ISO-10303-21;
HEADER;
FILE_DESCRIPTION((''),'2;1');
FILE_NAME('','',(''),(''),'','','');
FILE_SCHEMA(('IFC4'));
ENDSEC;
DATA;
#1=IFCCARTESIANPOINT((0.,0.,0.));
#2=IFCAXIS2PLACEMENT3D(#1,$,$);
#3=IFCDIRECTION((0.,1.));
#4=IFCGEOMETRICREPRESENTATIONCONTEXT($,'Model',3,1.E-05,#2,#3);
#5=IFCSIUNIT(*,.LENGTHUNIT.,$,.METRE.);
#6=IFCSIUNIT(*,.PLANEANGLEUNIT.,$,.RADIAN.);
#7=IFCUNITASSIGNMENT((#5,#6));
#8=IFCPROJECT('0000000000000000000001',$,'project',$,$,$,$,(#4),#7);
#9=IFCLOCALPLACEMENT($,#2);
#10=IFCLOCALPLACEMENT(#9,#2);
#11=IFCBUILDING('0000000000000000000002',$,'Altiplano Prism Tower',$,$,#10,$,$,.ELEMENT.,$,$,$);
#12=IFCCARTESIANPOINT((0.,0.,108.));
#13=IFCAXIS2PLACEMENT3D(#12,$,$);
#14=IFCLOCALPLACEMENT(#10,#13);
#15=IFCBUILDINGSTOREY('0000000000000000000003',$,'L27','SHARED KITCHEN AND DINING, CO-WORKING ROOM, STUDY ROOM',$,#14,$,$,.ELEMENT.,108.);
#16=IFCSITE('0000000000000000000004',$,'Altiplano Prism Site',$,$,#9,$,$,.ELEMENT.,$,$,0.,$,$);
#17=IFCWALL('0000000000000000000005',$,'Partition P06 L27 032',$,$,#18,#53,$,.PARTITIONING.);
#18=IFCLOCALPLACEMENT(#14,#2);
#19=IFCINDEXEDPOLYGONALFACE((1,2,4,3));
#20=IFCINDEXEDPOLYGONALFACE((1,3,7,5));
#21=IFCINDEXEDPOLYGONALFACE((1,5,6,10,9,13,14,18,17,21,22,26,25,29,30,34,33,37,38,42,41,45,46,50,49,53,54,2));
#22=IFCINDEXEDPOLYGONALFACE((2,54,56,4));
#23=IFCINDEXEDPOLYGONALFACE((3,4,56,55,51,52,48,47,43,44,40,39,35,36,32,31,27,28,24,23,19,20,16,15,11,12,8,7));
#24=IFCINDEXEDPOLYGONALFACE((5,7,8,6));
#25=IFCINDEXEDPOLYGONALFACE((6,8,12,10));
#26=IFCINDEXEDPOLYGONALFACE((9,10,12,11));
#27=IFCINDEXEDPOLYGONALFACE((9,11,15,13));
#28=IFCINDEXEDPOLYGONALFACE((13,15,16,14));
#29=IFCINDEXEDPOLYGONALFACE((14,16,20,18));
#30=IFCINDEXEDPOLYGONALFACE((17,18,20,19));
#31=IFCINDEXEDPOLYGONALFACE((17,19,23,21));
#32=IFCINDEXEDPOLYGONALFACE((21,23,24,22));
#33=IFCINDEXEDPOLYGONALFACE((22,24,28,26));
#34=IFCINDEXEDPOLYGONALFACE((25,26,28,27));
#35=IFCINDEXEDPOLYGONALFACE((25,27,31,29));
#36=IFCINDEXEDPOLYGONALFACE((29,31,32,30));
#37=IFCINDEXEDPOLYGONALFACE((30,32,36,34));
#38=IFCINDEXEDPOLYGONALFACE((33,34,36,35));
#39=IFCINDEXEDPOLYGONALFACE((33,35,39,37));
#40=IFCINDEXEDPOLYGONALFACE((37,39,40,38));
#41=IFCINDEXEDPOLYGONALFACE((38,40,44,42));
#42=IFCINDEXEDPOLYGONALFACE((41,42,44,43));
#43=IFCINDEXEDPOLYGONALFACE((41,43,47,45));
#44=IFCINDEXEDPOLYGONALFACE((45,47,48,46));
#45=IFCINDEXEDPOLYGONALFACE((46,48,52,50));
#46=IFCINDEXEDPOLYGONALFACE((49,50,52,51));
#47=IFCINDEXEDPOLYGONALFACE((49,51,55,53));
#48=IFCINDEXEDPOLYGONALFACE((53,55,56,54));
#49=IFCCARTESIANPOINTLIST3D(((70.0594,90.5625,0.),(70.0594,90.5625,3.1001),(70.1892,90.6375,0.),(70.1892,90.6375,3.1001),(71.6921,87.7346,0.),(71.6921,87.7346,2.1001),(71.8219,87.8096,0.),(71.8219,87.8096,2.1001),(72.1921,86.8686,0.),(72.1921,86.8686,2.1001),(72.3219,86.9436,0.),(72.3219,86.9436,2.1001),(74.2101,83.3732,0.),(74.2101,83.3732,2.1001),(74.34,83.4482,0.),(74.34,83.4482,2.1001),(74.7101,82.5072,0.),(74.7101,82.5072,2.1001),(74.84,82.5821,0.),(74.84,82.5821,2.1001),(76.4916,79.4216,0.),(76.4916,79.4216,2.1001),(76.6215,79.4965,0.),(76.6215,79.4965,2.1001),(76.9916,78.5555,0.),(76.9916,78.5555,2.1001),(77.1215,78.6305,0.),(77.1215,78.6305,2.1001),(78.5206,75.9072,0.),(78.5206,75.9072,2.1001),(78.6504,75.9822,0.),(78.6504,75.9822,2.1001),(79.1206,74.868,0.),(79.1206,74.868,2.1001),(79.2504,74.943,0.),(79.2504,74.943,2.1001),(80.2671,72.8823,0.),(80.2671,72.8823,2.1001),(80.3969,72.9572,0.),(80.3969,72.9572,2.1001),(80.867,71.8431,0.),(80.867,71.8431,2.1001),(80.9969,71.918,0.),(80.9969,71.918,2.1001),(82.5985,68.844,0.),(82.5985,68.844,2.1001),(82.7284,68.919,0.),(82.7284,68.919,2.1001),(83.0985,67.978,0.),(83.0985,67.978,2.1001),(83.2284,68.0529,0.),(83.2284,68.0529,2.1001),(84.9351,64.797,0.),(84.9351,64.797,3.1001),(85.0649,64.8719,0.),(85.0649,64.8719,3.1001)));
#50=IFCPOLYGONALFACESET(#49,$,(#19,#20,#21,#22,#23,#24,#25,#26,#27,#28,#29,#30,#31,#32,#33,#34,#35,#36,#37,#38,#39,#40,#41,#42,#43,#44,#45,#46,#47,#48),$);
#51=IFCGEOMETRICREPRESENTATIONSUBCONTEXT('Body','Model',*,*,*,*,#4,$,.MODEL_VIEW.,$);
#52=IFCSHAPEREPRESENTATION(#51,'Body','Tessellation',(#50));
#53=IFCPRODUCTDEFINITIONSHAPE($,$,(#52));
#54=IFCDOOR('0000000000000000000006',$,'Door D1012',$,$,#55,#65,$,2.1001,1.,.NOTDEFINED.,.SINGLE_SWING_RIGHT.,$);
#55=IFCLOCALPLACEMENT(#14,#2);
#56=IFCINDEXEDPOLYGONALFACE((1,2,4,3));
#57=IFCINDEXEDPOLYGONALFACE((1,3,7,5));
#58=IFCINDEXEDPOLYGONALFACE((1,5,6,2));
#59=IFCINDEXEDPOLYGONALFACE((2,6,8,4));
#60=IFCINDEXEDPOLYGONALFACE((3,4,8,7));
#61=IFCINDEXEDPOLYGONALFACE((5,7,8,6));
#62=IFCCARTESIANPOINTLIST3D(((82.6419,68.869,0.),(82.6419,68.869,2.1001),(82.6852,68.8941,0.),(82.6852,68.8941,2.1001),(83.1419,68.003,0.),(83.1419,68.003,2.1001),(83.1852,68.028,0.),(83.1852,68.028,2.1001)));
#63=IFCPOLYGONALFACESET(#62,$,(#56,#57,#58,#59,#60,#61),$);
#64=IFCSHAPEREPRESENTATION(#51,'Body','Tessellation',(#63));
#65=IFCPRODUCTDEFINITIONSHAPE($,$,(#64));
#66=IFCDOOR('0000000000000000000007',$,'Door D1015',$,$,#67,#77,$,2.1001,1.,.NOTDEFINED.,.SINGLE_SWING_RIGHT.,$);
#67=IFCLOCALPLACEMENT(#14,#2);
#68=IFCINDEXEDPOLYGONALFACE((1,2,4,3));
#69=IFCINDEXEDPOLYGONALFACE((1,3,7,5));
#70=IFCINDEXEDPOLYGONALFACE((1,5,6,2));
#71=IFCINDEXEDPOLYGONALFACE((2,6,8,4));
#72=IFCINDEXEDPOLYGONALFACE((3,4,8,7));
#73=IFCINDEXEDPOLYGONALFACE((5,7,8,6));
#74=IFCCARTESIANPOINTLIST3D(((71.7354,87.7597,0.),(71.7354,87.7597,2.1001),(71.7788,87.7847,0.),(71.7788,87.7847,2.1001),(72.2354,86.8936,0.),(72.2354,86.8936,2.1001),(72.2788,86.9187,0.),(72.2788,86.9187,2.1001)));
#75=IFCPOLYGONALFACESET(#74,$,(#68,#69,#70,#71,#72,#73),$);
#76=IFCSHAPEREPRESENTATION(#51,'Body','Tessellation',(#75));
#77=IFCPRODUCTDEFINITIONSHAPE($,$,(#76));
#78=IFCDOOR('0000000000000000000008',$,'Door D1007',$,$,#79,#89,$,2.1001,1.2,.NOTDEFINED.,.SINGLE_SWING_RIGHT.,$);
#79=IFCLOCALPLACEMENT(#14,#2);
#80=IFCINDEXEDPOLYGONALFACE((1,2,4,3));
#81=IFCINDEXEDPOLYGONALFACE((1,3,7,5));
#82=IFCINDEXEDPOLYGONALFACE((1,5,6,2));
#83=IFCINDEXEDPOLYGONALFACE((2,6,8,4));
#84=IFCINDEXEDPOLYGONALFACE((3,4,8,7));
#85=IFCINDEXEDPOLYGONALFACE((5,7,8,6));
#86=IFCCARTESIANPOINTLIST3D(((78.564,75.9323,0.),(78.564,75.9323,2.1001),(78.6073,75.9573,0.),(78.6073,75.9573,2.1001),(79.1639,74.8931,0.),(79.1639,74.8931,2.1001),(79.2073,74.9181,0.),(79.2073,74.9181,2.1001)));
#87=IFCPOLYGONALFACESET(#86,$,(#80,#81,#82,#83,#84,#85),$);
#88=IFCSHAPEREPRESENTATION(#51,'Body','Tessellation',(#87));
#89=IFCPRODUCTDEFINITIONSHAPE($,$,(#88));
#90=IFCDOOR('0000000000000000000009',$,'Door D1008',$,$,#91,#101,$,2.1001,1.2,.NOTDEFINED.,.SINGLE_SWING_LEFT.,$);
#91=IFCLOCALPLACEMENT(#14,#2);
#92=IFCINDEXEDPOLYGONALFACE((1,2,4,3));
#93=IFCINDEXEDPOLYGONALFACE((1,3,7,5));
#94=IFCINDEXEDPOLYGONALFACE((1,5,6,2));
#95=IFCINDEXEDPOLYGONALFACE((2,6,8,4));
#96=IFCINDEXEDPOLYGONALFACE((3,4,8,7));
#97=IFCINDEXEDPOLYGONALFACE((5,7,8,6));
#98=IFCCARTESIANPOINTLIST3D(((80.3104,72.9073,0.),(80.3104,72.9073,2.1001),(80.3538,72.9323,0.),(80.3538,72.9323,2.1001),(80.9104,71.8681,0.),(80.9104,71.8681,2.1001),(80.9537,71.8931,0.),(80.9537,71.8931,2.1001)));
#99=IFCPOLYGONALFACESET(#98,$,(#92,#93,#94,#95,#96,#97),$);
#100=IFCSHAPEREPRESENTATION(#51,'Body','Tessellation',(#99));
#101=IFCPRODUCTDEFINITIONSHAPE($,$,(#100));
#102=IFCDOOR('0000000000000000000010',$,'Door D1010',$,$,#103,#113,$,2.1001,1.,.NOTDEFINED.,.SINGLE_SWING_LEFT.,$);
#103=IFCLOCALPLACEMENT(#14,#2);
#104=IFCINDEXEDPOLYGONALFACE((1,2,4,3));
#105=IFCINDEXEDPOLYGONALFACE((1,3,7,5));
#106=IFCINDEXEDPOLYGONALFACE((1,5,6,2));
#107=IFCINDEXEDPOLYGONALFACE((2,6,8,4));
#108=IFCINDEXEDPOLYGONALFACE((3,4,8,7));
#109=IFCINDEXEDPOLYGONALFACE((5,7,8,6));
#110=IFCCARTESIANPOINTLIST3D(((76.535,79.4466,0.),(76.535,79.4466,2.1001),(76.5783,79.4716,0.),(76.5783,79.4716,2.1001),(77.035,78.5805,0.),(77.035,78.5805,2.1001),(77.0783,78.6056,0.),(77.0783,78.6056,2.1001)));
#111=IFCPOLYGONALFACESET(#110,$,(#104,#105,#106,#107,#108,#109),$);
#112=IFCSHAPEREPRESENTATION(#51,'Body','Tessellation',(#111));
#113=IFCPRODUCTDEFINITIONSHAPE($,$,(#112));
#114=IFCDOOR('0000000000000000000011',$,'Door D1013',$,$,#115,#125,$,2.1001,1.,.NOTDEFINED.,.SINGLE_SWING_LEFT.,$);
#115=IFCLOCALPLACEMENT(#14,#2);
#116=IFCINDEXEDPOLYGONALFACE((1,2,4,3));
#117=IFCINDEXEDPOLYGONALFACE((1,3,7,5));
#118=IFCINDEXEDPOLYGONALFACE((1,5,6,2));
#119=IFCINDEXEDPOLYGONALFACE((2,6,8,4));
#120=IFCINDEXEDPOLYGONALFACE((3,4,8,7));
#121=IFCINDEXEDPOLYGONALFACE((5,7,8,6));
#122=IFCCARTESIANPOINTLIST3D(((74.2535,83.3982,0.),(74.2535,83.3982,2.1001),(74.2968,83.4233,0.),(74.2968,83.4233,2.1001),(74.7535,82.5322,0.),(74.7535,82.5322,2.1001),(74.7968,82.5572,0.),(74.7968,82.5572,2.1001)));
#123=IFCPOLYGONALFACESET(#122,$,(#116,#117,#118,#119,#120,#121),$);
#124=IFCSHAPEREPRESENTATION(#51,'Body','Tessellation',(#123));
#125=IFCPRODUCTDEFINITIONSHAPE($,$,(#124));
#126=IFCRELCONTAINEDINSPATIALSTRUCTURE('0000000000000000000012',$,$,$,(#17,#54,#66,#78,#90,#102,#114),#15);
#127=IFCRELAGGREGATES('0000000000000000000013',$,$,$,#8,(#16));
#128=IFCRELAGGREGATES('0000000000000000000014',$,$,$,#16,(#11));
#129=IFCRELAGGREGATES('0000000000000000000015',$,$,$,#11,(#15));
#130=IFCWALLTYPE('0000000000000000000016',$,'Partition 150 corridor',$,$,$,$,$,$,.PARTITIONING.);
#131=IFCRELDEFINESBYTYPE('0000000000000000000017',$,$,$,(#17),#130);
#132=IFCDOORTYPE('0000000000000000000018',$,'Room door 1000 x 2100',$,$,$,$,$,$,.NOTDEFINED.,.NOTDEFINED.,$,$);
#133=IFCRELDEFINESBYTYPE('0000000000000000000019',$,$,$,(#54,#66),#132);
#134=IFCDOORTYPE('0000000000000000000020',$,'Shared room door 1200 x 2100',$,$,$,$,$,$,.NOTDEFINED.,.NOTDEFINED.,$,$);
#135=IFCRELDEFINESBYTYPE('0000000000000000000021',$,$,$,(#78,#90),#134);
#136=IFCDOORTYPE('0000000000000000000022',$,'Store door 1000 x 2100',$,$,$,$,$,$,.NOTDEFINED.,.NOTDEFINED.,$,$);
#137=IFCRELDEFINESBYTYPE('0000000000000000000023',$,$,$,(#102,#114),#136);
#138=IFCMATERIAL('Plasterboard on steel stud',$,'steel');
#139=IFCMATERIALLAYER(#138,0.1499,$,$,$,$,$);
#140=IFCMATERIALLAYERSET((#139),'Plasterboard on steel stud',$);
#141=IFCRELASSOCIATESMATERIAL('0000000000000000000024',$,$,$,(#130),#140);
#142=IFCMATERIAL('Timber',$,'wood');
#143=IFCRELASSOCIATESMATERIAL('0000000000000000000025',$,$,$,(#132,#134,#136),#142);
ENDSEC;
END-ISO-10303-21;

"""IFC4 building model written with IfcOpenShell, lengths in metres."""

from ifc_helpers import new_model, si_unit, direction, frame, frame_2d, origin, place, context, subcontext, project, spatial, rectangle, extrude, material, layer, layer_set, type_object, element, fill, save


model = new_model("IFC4")

# Units and contexts
model_context = context("Model", 3, precision=1e-05, world=origin(), true_north=direction((0.0, 1.0)))
body_context = subcontext(model_context, "Body", "Model", "MODEL_VIEW")
ifc_project = project(units=[si_unit("LENGTHUNIT", "METRE"), si_unit("PLANEANGLEUNIT", "RADIAN")], contexts=[model_context])

# Site, building, storey
site_placement = place(None, origin())
site = spatial("IfcSite", under=ifc_project, at=site_placement, Name="Altiplano Prism Site", CompositionType="ELEMENT", RefElevation=0.0)
building_placement = place(site_placement, origin())
building = spatial("IfcBuilding", under=site, at=building_placement, Name="Altiplano Prism Tower", CompositionType="ELEMENT")
storey_placement = place(building_placement, frame((0.0, 0.0, 108.0)))
storey = spatial("IfcBuildingStorey", under=building, at=storey_placement, Name="L27", Description="SHARED KITCHEN AND DINING, CO-WORKING ROOM, STUDY ROOM", CompositionType="ELEMENT", Elevation=108.0)

# Shared definitions
ifc_material_1 = material(Name="Plasterboard on steel stud", Category="steel")

# Wall, openings, doors
ifc_layer_1 = layer(ifc_material_1, 0.1499)
ifc_layer_set_1 = layer_set([ifc_layer_1], Name="Plasterboard on steel stud")
wall_type_1 = type_object("IfcWallType", Name="Partition 150 corridor", PredefinedType="PARTITIONING", material=ifc_layer_set_1)
wall_1_placement = place(storey_placement, frame((85.0, 64.8345, 0.0), z_axis=(0.0, 0.0, 1.0), x_axis=(-0.499999, 0.866026, 0.0)))
wall_1 = element("IfcWall", 1, at=wall_1_placement, inside=storey, type_object=wall_type_1, Name="Partition P06 L27 032", PredefinedType="PARTITIONING", context=body_context, shape_type="SweptSolid", body=[
    extrude(rectangle(XDim=29.7515, YDim=0.1499, at=frame_2d((14.8757, 0.0))), origin(), (0.0, 0.0, 1.0), 3.1001),
])
opening_1_placement = place(wall_1_placement, frame((11.6289, 0.0, 0.0)))
opening_1 = element("IfcOpeningElement", 2, at=opening_1_placement, cuts=wall_1, PredefinedType="OPENING", context=body_context, shape_type="SweptSolid", body=[
    extrude(rectangle(XDim=1.2, YDim=2.1001, at=frame_2d((0.6001, 1.05))), frame((0.0, 0.0854, 0.0), z_axis=(0.0, -1.0, 0.0), x_axis=(1.0, 0.0, 0.0)), (0.0, 0.0, 1.0), 0.1709),
])
opening_2_placement = place(wall_1_placement, frame((8.136, 0.0, 0.0)))
opening_2 = element("IfcOpeningElement", 3, at=opening_2_placement, cuts=wall_1, PredefinedType="OPENING", context=body_context, shape_type="SweptSolid", body=[
    extrude(rectangle(XDim=1.2, YDim=2.1001, at=frame_2d((0.6001, 1.05))), frame((0.0, 0.0854, 0.0), z_axis=(0.0, -1.0, 0.0), x_axis=(1.0, 0.0, 0.0)), (0.0, 0.0, 1.0), 0.1709),
])
opening_3_placement = place(wall_1_placement, frame((15.887, 0.0, 0.0)))
opening_3 = element("IfcOpeningElement", 4, at=opening_3_placement, cuts=wall_1, PredefinedType="OPENING", context=body_context, shape_type="SweptSolid", body=[
    extrude(rectangle(XDim=1.0, YDim=2.1001, at=frame_2d((0.5, 1.05))), frame((0.0, 0.0854, 0.0), z_axis=(0.0, -1.0, 0.0), x_axis=(1.0, 0.0, 0.0)), (0.0, 0.0, 1.0), 0.1709),
])
opening_4_placement = place(wall_1_placement, frame((3.6731, 0.0, 0.0)))
opening_4 = element("IfcOpeningElement", 5, at=opening_4_placement, cuts=wall_1, PredefinedType="OPENING", context=body_context, shape_type="SweptSolid", body=[
    extrude(rectangle(XDim=1.0, YDim=2.1001, at=frame_2d((0.5, 1.05))), frame((0.0, 0.0854, 0.0), z_axis=(0.0, -1.0, 0.0), x_axis=(1.0, 0.0, 0.0)), (0.0, 0.0, 1.0), 0.1709),
])
opening_5_placement = place(wall_1_placement, frame((20.45, 0.0, 0.0)))
opening_5 = element("IfcOpeningElement", 6, at=opening_5_placement, cuts=wall_1, PredefinedType="OPENING", context=body_context, shape_type="SweptSolid", body=[
    extrude(rectangle(XDim=1.0, YDim=2.1001, at=frame_2d((0.5, 1.05))), frame((0.0, 0.0854, 0.0), z_axis=(0.0, -1.0, 0.0), x_axis=(1.0, 0.0, 0.0)), (0.0, 0.0, 1.0), 0.1709),
])
opening_6_placement = place(wall_1_placement, frame((25.4861, 0.0, 0.0)))
opening_6 = element("IfcOpeningElement", 7, at=opening_6_placement, cuts=wall_1, PredefinedType="OPENING", context=body_context, shape_type="SweptSolid", body=[
    extrude(rectangle(XDim=1.0, YDim=2.1001, at=frame_2d((0.5, 1.05))), frame((0.0, 0.0854, 0.0), z_axis=(0.0, -1.0, 0.0), x_axis=(1.0, 0.0, 0.0)), (0.0, 0.0, 1.0), 0.1709),
])
ifc_material_2 = material(Name="Timber", Category="wood")
door_type_1 = type_object("IfcDoorType", Name="Room door 1000 x 2100", OperationType="NOTDEFINED", PredefinedType="NOTDEFINED", material=ifc_material_2)
door_1_placement = place(opening_4_placement, origin())
door_1 = element("IfcDoor", 8, at=door_1_placement, inside=storey, type_object=door_type_1, Name="Door D1012", OperationType="SINGLE_SWING_RIGHT", OverallHeight=2.1001, OverallWidth=1.0, PredefinedType="NOTDEFINED", context=body_context, shape_type="SweptSolid", body=[
    extrude(rectangle(XDim=1.0, YDim=2.1001, at=frame_2d((0.5, 1.05))), frame((0.0, 0.0249, 0.0), z_axis=(0.0, -1.0, 0.0), x_axis=(1.0, 0.0, 0.0)), (0.0, 0.0, 1.0), 0.05),
])
fill(opening_4, door_1)
door_2_placement = place(opening_6_placement, origin())
door_2 = element("IfcDoor", 9, at=door_2_placement, inside=storey, type_object=door_type_1, Name="Door D1015", OperationType="SINGLE_SWING_RIGHT", OverallHeight=2.1001, OverallWidth=1.0, PredefinedType="NOTDEFINED", context=body_context, shape_type="SweptSolid", body=[
    extrude(rectangle(XDim=1.0, YDim=2.1001, at=frame_2d((0.5, 1.05))), frame((0.0, 0.0249, 0.0), z_axis=(0.0, -1.0, 0.0), x_axis=(1.0, 0.0, 0.0)), (0.0, 0.0, 1.0), 0.05),
])
fill(opening_6, door_2)
door_type_2 = type_object("IfcDoorType", Name="Shared room door 1200 x 2100", OperationType="NOTDEFINED", PredefinedType="NOTDEFINED", material=ifc_material_2)
door_3_placement = place(opening_1_placement, origin())
door_3 = element("IfcDoor", 10, at=door_3_placement, inside=storey, type_object=door_type_2, Name="Door D1007", OperationType="SINGLE_SWING_RIGHT", OverallHeight=2.1001, OverallWidth=1.2, PredefinedType="NOTDEFINED", context=body_context, shape_type="SweptSolid", body=[
    extrude(rectangle(XDim=1.2, YDim=2.1001, at=frame_2d((0.6001, 1.05))), frame((0.0, 0.0249, 0.0), z_axis=(0.0, -1.0, 0.0), x_axis=(1.0, 0.0, 0.0)), (0.0, 0.0, 1.0), 0.05),
])
fill(opening_1, door_3)
door_4_placement = place(opening_2_placement, origin())
door_4 = element("IfcDoor", 11, at=door_4_placement, inside=storey, type_object=door_type_2, Name="Door D1008", OperationType="SINGLE_SWING_LEFT", OverallHeight=2.1001, OverallWidth=1.2, PredefinedType="NOTDEFINED", context=body_context, shape_type="SweptSolid", body=[
    extrude(rectangle(XDim=1.2, YDim=2.1001, at=frame_2d((0.6001, 1.05))), frame((0.0, 0.0249, 0.0), z_axis=(0.0, -1.0, 0.0), x_axis=(1.0, 0.0, 0.0)), (0.0, 0.0, 1.0), 0.05),
])
fill(opening_2, door_4)
door_type_3 = type_object("IfcDoorType", Name="Store door 1000 x 2100", OperationType="NOTDEFINED", PredefinedType="NOTDEFINED", material=ifc_material_2)
door_5_placement = place(opening_3_placement, origin())
door_5 = element("IfcDoor", 12, at=door_5_placement, inside=storey, type_object=door_type_3, Name="Door D1010", OperationType="SINGLE_SWING_LEFT", OverallHeight=2.1001, OverallWidth=1.0, PredefinedType="NOTDEFINED", context=body_context, shape_type="SweptSolid", body=[
    extrude(rectangle(XDim=1.0, YDim=2.1001, at=frame_2d((0.5, 1.05))), frame((0.0, 0.0249, 0.0), z_axis=(0.0, -1.0, 0.0), x_axis=(1.0, 0.0, 0.0)), (0.0, 0.0, 1.0), 0.05),
])
fill(opening_3, door_5)
door_6_placement = place(opening_5_placement, origin())
door_6 = element("IfcDoor", 13, at=door_6_placement, inside=storey, type_object=door_type_3, Name="Door D1013", OperationType="SINGLE_SWING_LEFT", OverallHeight=2.1001, OverallWidth=1.0, PredefinedType="NOTDEFINED", context=body_context, shape_type="SweptSolid", body=[
    extrude(rectangle(XDim=1.0, YDim=2.1001, at=frame_2d((0.5, 1.05))), frame((0.0, 0.0249, 0.0), z_axis=(0.0, -1.0, 0.0), x_axis=(1.0, 0.0, 0.0)), (0.0, 0.0, 1.0), 0.05),
])
fill(opening_5, door_6)

save(model, "model.ifc")
